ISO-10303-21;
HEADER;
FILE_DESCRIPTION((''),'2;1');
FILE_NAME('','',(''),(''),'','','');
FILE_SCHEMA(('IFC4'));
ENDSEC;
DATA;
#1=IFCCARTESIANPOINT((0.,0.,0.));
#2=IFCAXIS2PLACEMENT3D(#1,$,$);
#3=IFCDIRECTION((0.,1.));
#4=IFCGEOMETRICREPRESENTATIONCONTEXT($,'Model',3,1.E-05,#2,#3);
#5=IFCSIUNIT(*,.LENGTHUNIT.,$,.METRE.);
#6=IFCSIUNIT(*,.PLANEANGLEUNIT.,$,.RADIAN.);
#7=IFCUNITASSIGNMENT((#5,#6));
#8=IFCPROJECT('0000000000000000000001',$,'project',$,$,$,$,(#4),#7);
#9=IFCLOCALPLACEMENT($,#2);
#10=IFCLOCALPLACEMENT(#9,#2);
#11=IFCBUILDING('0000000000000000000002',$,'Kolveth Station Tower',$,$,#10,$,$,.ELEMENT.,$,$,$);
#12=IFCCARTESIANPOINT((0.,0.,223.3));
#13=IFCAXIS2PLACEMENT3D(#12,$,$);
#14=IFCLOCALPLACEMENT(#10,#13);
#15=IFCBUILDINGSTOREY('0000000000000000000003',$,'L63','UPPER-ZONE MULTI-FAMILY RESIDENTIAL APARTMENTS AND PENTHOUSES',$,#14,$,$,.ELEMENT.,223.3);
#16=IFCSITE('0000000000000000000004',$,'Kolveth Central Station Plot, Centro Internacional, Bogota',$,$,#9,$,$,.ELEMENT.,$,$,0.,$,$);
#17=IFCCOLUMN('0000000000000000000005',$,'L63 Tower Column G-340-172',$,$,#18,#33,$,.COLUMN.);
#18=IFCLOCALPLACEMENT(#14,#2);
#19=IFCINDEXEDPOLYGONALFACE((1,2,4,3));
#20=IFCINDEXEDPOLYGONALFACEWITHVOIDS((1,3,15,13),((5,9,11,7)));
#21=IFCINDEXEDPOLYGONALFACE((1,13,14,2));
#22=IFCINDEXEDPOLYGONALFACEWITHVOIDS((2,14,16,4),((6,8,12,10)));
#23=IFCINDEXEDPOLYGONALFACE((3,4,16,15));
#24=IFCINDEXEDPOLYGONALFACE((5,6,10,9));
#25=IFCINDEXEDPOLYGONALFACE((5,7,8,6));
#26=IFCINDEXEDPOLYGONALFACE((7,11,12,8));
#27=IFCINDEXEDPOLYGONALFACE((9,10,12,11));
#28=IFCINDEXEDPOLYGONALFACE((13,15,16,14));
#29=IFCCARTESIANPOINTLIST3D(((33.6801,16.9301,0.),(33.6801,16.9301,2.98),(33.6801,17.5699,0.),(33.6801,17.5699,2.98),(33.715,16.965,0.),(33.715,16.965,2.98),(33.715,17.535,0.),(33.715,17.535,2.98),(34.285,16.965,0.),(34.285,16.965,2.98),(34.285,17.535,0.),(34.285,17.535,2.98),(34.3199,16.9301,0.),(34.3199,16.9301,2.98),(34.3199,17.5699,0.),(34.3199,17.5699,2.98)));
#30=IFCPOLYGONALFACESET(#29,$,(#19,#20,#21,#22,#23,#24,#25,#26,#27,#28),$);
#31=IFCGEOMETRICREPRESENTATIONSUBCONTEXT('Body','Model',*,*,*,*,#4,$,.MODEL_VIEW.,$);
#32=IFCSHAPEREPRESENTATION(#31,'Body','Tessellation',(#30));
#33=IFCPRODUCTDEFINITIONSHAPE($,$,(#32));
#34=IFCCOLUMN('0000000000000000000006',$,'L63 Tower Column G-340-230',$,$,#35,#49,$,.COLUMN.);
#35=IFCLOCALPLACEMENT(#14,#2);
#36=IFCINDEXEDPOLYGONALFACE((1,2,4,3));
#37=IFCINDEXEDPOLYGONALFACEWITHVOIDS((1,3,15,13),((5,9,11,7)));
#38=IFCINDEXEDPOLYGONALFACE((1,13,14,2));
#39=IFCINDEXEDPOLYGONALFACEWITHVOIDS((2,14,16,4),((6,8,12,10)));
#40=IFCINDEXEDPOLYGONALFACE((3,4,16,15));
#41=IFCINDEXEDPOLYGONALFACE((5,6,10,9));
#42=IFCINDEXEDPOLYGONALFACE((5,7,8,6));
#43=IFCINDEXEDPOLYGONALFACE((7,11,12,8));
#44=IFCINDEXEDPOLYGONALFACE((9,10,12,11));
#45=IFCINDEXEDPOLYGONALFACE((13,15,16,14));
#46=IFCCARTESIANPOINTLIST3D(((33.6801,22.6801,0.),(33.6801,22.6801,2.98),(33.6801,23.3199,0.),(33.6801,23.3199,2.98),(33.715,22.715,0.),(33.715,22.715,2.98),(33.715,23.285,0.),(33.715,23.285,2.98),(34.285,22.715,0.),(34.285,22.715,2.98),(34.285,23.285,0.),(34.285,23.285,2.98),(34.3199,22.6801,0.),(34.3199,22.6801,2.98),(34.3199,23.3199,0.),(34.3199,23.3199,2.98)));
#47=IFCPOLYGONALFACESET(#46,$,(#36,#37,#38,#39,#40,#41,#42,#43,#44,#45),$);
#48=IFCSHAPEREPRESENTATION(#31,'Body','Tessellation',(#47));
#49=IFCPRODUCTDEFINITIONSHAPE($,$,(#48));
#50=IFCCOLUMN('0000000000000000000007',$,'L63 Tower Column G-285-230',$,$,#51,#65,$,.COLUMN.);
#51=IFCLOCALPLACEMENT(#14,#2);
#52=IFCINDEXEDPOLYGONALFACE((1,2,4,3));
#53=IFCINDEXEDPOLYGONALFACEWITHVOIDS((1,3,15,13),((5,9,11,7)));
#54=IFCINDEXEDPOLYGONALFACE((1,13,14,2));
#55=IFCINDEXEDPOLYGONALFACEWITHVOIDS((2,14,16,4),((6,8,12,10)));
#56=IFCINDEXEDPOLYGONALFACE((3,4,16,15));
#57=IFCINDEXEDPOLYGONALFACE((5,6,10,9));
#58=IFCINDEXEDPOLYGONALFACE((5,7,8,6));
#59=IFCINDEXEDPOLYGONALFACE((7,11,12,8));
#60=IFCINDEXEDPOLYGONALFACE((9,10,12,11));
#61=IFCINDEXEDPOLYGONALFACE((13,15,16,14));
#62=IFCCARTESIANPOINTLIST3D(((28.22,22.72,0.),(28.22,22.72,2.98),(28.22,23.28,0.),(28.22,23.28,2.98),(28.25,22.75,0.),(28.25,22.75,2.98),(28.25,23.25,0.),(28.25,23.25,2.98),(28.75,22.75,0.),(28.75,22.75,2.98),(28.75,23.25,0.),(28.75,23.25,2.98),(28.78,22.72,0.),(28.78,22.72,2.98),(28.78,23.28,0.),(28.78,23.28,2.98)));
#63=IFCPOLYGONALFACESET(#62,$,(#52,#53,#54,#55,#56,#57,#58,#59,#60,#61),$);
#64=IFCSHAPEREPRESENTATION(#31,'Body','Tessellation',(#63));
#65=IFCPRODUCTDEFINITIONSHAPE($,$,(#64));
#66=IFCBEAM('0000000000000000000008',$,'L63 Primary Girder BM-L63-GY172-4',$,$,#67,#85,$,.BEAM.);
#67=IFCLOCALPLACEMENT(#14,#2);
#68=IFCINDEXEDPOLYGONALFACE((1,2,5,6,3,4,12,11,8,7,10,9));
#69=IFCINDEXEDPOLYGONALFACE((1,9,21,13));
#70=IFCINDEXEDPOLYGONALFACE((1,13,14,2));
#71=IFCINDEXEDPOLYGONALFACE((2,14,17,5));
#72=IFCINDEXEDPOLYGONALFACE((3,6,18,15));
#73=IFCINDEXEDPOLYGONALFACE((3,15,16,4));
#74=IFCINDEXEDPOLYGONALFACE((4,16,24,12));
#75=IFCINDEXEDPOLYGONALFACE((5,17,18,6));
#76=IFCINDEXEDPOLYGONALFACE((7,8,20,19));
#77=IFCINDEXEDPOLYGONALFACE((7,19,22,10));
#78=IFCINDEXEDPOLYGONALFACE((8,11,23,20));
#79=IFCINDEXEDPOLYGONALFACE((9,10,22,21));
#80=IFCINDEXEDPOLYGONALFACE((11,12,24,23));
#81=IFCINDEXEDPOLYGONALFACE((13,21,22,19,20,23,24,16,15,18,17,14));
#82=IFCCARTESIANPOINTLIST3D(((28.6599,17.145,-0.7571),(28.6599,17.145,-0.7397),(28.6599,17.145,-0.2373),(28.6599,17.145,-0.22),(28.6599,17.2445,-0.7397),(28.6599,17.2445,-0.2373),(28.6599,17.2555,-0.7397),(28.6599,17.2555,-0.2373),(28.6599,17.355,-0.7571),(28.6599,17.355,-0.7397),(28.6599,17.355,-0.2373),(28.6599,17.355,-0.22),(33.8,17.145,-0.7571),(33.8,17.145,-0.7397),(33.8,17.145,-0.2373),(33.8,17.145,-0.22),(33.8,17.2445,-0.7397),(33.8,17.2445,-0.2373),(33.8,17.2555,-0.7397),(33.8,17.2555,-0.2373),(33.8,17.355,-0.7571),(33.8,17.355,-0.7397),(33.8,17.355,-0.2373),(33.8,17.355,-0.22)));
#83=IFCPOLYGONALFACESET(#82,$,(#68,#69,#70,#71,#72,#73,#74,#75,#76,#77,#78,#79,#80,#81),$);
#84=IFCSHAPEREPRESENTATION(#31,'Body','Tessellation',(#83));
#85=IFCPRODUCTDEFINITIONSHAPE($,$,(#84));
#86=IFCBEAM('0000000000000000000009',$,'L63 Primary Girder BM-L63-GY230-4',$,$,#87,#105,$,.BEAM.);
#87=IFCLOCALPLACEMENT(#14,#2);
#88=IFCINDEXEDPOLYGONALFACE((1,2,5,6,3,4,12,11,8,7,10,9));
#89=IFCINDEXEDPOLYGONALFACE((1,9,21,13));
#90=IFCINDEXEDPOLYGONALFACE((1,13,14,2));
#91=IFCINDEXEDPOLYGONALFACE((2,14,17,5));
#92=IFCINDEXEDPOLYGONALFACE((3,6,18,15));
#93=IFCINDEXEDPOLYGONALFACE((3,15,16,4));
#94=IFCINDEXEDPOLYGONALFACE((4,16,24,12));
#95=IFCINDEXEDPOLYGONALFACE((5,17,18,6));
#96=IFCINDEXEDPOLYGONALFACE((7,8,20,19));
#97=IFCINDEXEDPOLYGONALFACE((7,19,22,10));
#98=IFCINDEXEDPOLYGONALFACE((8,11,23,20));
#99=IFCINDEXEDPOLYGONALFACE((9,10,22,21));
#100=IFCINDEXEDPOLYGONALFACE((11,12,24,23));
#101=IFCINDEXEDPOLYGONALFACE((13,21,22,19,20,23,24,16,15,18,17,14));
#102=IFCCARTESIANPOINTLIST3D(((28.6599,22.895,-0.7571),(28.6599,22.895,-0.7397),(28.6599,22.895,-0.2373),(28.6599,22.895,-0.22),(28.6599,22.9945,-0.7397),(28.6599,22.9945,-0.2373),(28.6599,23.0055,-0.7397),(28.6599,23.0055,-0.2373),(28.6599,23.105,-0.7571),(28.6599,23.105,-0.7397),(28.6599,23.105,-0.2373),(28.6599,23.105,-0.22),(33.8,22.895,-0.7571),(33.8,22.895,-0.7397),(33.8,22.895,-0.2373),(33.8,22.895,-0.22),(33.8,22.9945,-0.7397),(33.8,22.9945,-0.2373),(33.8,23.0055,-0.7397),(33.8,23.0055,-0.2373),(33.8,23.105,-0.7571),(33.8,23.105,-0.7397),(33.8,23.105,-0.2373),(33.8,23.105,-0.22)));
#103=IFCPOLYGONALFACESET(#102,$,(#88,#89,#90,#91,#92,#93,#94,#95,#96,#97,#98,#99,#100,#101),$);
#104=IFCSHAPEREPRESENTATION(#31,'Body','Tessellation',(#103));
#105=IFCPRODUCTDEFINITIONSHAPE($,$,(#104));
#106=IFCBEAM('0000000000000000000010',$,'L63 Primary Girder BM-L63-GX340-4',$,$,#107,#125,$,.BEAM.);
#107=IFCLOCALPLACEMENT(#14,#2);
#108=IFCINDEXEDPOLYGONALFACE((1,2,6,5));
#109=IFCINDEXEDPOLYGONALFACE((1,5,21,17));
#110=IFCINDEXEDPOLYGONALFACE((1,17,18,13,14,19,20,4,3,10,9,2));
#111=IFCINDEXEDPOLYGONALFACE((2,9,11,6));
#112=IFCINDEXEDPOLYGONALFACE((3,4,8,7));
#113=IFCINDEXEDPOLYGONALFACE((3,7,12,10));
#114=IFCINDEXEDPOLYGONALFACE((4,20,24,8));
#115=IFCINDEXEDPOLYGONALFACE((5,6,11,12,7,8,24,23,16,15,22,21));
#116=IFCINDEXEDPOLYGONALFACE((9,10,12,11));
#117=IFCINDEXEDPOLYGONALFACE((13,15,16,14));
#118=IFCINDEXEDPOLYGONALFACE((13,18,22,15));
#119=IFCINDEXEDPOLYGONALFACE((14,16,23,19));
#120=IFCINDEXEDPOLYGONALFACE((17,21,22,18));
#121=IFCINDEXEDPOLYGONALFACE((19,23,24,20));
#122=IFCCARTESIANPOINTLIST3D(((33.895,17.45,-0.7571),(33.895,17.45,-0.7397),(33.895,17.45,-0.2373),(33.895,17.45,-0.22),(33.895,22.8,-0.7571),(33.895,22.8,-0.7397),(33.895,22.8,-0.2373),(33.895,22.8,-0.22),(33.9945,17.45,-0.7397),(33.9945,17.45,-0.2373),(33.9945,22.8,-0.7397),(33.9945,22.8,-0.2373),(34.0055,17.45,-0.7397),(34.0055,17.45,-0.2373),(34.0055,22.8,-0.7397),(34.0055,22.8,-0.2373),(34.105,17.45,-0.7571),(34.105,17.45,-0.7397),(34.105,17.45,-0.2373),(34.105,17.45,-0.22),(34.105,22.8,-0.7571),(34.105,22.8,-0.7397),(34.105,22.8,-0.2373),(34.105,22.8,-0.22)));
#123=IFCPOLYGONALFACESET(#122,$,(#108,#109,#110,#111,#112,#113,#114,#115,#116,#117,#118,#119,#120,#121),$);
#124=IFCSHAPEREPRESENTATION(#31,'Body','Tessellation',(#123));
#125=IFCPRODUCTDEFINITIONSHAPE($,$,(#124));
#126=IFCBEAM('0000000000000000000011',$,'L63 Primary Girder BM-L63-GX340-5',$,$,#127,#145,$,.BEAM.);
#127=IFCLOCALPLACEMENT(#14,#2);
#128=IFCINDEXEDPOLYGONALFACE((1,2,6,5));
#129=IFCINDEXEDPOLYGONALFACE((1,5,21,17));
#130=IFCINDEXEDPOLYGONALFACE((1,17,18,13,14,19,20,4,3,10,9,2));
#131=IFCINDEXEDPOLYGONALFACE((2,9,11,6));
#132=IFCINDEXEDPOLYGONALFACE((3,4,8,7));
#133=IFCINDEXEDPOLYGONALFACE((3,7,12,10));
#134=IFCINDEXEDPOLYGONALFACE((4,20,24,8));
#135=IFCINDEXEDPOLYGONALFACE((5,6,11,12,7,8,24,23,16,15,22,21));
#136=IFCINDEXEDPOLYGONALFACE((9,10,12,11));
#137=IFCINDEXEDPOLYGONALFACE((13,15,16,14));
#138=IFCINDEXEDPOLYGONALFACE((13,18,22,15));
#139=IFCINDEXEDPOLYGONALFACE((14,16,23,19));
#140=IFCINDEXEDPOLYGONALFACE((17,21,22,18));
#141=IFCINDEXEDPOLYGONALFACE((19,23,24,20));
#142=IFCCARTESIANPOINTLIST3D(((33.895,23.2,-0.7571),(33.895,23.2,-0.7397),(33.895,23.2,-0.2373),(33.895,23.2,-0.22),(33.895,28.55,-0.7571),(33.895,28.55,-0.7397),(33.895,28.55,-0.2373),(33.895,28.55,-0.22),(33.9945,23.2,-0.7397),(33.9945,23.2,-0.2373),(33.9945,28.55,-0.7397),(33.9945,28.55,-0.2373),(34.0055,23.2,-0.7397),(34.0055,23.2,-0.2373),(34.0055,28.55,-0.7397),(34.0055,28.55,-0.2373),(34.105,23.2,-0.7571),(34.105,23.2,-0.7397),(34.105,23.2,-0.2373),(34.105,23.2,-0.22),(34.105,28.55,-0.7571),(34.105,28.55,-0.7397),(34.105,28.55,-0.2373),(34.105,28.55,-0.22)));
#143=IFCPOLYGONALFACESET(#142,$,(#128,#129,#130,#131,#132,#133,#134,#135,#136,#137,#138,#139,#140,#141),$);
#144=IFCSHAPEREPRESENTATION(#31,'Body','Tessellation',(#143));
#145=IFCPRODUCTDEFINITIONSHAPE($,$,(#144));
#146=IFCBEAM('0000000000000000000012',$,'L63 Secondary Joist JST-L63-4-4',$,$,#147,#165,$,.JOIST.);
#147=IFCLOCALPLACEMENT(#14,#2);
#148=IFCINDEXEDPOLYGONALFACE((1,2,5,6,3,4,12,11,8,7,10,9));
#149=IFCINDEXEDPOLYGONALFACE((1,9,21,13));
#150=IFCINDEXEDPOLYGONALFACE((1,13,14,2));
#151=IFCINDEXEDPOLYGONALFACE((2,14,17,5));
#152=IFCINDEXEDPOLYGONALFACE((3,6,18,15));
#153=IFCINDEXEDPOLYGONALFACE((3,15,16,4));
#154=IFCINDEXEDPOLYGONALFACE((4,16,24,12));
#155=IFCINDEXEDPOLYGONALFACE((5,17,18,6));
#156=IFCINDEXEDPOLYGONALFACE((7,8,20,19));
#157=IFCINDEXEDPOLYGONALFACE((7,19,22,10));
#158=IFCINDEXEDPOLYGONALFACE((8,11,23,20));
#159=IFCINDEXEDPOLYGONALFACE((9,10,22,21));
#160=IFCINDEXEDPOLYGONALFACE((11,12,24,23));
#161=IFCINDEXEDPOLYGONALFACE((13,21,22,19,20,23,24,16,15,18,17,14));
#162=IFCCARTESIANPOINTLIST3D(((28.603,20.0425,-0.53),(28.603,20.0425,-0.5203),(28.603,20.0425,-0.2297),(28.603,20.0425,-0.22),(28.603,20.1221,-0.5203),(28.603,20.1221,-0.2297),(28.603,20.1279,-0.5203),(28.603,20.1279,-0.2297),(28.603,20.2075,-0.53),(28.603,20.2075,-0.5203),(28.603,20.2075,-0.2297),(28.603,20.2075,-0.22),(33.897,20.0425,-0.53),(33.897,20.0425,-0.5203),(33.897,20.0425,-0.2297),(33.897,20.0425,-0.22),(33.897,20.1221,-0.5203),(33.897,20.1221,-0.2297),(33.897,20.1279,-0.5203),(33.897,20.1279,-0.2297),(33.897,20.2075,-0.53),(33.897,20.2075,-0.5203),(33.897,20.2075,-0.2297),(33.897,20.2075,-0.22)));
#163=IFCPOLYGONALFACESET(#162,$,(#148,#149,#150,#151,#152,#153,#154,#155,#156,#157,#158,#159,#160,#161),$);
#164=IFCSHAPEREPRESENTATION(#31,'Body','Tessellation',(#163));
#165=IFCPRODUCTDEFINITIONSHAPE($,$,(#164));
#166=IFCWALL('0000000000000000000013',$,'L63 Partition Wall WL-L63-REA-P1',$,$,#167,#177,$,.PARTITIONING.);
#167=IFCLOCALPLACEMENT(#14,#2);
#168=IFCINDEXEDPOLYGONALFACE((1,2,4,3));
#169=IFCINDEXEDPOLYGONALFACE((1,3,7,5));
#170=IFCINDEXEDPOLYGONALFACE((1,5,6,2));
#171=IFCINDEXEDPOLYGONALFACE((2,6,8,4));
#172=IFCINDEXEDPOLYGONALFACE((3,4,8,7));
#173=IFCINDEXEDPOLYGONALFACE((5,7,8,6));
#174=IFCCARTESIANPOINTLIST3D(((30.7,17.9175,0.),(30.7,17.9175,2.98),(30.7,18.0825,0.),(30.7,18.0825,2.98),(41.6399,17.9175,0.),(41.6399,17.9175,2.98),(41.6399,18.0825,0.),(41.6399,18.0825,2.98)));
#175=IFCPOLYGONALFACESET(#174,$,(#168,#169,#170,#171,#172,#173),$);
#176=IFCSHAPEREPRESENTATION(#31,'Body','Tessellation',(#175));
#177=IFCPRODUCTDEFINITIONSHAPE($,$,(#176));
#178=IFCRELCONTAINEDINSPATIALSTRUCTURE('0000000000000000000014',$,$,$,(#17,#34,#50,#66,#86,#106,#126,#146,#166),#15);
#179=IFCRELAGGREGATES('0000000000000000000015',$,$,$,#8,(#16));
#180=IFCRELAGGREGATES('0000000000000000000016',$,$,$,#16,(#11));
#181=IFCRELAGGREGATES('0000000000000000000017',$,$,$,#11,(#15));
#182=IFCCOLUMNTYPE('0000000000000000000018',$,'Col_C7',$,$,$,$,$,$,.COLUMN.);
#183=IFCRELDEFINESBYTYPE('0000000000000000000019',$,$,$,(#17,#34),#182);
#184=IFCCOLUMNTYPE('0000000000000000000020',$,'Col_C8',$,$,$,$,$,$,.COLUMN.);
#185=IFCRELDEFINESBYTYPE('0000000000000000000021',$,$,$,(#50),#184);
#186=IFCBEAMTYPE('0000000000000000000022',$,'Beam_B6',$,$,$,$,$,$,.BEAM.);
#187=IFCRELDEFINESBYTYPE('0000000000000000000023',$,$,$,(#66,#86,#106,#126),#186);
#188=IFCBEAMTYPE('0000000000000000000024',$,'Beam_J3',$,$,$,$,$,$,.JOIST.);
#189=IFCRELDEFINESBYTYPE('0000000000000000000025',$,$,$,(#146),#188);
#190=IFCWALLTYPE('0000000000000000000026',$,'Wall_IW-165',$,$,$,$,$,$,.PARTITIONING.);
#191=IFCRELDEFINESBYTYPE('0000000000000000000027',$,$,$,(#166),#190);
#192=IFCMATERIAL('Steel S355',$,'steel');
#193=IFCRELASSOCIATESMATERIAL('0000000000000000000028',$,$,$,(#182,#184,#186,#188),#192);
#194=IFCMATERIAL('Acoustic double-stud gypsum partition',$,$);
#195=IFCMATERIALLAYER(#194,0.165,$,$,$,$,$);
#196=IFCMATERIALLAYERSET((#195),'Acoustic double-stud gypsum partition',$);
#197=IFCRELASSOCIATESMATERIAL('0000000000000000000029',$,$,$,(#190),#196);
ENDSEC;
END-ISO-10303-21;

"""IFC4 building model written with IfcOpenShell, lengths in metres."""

from ifc_helpers import new_model, si_unit, direction, frame, frame_2d, origin, origin_2d, place, context, subcontext, project, spatial, rectangle, hollow_rectangle, i_section, extrude, source, transform, mapped, material, layer, layer_set, material_profile, profile_set, type_object, element, save


model = new_model("IFC4")

# Units and contexts
model_context = context("Model", 3, precision=1e-05, world=origin(), true_north=direction((0.0, 1.0)))
body_context = subcontext(model_context, "Body", "Model", "MODEL_VIEW")
ifc_project = project(units=[si_unit("LENGTHUNIT", "METRE"), si_unit("PLANEANGLEUNIT", "RADIAN")], contexts=[model_context])

# Site, building, storey
site_placement = place(None, origin())
site = spatial("IfcSite", under=ifc_project, at=site_placement, Name="Kolveth Central Station Plot, Centro Internacional, Bogota", CompositionType="ELEMENT", RefElevation=0.0)
building_placement = place(site_placement, origin())
building = spatial("IfcBuilding", under=site, at=building_placement, Name="Kolveth Station Tower", CompositionType="ELEMENT")
storey_placement = place(building_placement, frame((0.0, 0.0, 223.3)))
storey = spatial("IfcBuildingStorey", under=building, at=storey_placement, Name="L63", Description="UPPER-ZONE MULTI-FAMILY RESIDENTIAL APARTMENTS AND PENTHOUSES", CompositionType="ELEMENT", Elevation=223.3)

# Columns
ifc_material_1 = material(Name="Steel S355", Category="steel")
ifc_material_profile_1 = material_profile(ifc_material_1, hollow_rectangle(XDim=0.6399, YDim=0.6399, WallThickness=0.0349, at=origin_2d()), Name="BOX640x640x35")
ifc_profile_set_1 = profile_set([ifc_material_profile_1], Name="Steel S355")
column_type_1 = type_object("IfcColumnType", Name="Col_C7", PredefinedType="COLUMN", material=ifc_profile_set_1)
shared_shape_1 = source(origin(), body_context, "Body", "SweptSolid", [
    extrude(hollow_rectangle(XDim=0.6399, YDim=0.6399, WallThickness=0.0349, at=origin_2d()), origin(), (0.0, 0.0, 1.0), 2.98),
])
for number, where, z_axis, x_axis, name in (
    (1, (34.0, 17.25, 0.0), (0.0, 0.0, 1.0), (1.0, 0.0, 0.0), "L63 Tower Column G-340-172"),
    (2, (34.0, 23.0, 0.0), (0.0, 0.0, 1.0), (1.0, 0.0, 0.0), "L63 Tower Column G-340-230"),
):
    element("IfcColumn", number, at=place(storey_placement, frame(where, z_axis=z_axis, x_axis=x_axis)), inside=storey, type_object=column_type_1, Name=name, PredefinedType="COLUMN", context=body_context, shape_type="MappedRepresentation", body=[
        mapped(shared_shape_1, transform((0.0, 0.0, 0.0), x_axis=(1.0, 0.0, 0.0), y_axis=(0.0, 1.0, 0.0), z_axis=(0.0, 0.0, 1.0), scale=1.0)),
    ])
ifc_material_profile_2 = material_profile(ifc_material_1, hollow_rectangle(XDim=0.5601, YDim=0.5601, WallThickness=0.03, at=origin_2d()), Name="BOX560x560x30")
ifc_profile_set_2 = profile_set([ifc_material_profile_2], Name="Steel S355")
column_type_2 = type_object("IfcColumnType", Name="Col_C8", PredefinedType="COLUMN", material=ifc_profile_set_2)
shared_shape_2 = source(origin(), body_context, "Body", "SweptSolid", [
    extrude(hollow_rectangle(XDim=0.5601, YDim=0.5601, WallThickness=0.03, at=origin_2d()), origin(), (0.0, 0.0, 1.0), 2.98),
])
column_placement = place(storey_placement, frame((28.5, 23.0, 0.0), z_axis=(0.0, 0.0, 1.0), x_axis=(1.0, 0.0, 0.0)))
element("IfcColumn", 3, at=column_placement, inside=storey, type_object=column_type_2, Name="L63 Tower Column G-285-230", PredefinedType="COLUMN", context=body_context, shape_type="MappedRepresentation", body=[
    mapped(shared_shape_2, transform((0.0, 0.0, 0.0), x_axis=(1.0, 0.0, 0.0), y_axis=(0.0, 1.0, 0.0), z_axis=(0.0, 0.0, 1.0), scale=1.0)),
])

# Beams
ifc_material_profile_3 = material_profile(ifc_material_1, i_section(OverallWidth=0.21, OverallDepth=0.5371, WebThickness=0.011, FlangeThickness=0.0173, at=origin_2d()), Name="W530x101")
ifc_profile_set_3 = profile_set([ifc_material_profile_3], Name="Steel S355")
beam_type_1 = type_object("IfcBeamType", Name="Beam_B6", PredefinedType="BEAM", material=ifc_profile_set_3)
shared_shape_3 = source(origin(), body_context, "Body", "SweptSolid", [
    extrude(i_section(OverallWidth=0.21, OverallDepth=0.5371, WebThickness=0.011, FlangeThickness=0.0173, at=origin_2d()), origin(), (0.0, 0.0, 1.0), 5.1401),
])
for number, where, z_axis, x_axis, name in (
    (4, (28.6599, 17.25, -0.4885), (1.0, 0.0, 0.0), (0.0, 1.0, 0.0), "L63 Primary Girder BM-L63-GY172-4"),
    (5, (28.6599, 23.0, -0.4885), (1.0, 0.0, 0.0), (0.0, 1.0, 0.0), "L63 Primary Girder BM-L63-GY230-4"),
):
    element("IfcBeam", number, at=place(storey_placement, frame(where, z_axis=z_axis, x_axis=x_axis)), inside=storey, type_object=beam_type_1, Name=name, PredefinedType="BEAM", context=body_context, shape_type="MappedRepresentation", body=[
        mapped(shared_shape_3, transform((0.0, 0.0, 0.0), x_axis=(1.0, 0.0, 0.0), y_axis=(0.0, 1.0, 0.0), z_axis=(0.0, 0.0, 1.0), scale=1.0)),
    ])
shared_shape_4 = source(origin(), body_context, "Body", "SweptSolid", [
    extrude(i_section(OverallWidth=0.21, OverallDepth=0.5371, WebThickness=0.011, FlangeThickness=0.0173, at=origin_2d()), origin(), (0.0, 0.0, 1.0), 5.3501),
])
for number, where, z_axis, x_axis, name in (
    (6, (34.0, 17.45, -0.4885), (0.0, 1.0, 0.0), (-1.0, 0.0, 0.0), "L63 Primary Girder BM-L63-GX340-4"),
    (7, (34.0, 23.2, -0.4885), (0.0, 1.0, 0.0), (-1.0, 0.0, 0.0), "L63 Primary Girder BM-L63-GX340-5"),
):
    element("IfcBeam", number, at=place(storey_placement, frame(where, z_axis=z_axis, x_axis=x_axis)), inside=storey, type_object=beam_type_1, Name=name, PredefinedType="BEAM", context=body_context, shape_type="MappedRepresentation", body=[
        mapped(shared_shape_4, transform((0.0, 0.0, 0.0), x_axis=(1.0, 0.0, 0.0), y_axis=(0.0, 1.0, 0.0), z_axis=(0.0, 0.0, 1.0), scale=1.0)),
    ])
ifc_material_profile_4 = material_profile(ifc_material_1, i_section(OverallWidth=0.165, OverallDepth=0.3101, WebThickness=0.0059, FlangeThickness=0.0098, at=origin_2d()), Name="W310x39")
ifc_profile_set_4 = profile_set([ifc_material_profile_4], Name="Steel S355")
beam_type_2 = type_object("IfcBeamType", Name="Beam_J3", PredefinedType="JOIST", material=ifc_profile_set_4)
shared_shape_5 = source(origin(), body_context, "Body", "SweptSolid", [
    extrude(i_section(OverallWidth=0.165, OverallDepth=0.3101, WebThickness=0.0059, FlangeThickness=0.0098, at=origin_2d()), origin(), (0.0, 0.0, 1.0), 5.2939),
])
beam_placement = place(storey_placement, frame((28.603, 20.125, -0.375), z_axis=(1.0, 0.0, 0.0), x_axis=(0.0, 1.0, 0.0)))
element("IfcBeam", 8, at=beam_placement, inside=storey, type_object=beam_type_2, Name="L63 Secondary Joist JST-L63-4-4", PredefinedType="JOIST", context=body_context, shape_type="MappedRepresentation", body=[
    mapped(shared_shape_5, transform((0.0, 0.0, 0.0), x_axis=(1.0, 0.0, 0.0), y_axis=(0.0, 1.0, 0.0), z_axis=(0.0, 0.0, 1.0), scale=1.0)),
])

# Wall
ifc_material_2 = material(Name="Acoustic double-stud gypsum partition")
ifc_layer_1 = layer(ifc_material_2, 0.165)
ifc_layer_set_1 = layer_set([ifc_layer_1], Name="Acoustic double-stud gypsum partition")
wall_type_1 = type_object("IfcWallType", Name="Wall_IW-165", PredefinedType="PARTITIONING", material=ifc_layer_set_1)
wall_1_placement = place(storey_placement, frame((30.7, 18.0, 0.0), z_axis=(0.0, 0.0, 1.0), x_axis=(1.0, 0.0, 0.0)))
element("IfcWall", 9, at=wall_1_placement, inside=storey, type_object=wall_type_1, Name="L63 Partition Wall WL-L63-REA-P1", PredefinedType="PARTITIONING", context=body_context, shape_type="SweptSolid", body=[
    extrude(rectangle(XDim=10.9399, YDim=0.165, at=frame_2d((5.47, 0.0))), origin(), (0.0, 0.0, 1.0), 2.98),
])

save(model, "model.ifc")
